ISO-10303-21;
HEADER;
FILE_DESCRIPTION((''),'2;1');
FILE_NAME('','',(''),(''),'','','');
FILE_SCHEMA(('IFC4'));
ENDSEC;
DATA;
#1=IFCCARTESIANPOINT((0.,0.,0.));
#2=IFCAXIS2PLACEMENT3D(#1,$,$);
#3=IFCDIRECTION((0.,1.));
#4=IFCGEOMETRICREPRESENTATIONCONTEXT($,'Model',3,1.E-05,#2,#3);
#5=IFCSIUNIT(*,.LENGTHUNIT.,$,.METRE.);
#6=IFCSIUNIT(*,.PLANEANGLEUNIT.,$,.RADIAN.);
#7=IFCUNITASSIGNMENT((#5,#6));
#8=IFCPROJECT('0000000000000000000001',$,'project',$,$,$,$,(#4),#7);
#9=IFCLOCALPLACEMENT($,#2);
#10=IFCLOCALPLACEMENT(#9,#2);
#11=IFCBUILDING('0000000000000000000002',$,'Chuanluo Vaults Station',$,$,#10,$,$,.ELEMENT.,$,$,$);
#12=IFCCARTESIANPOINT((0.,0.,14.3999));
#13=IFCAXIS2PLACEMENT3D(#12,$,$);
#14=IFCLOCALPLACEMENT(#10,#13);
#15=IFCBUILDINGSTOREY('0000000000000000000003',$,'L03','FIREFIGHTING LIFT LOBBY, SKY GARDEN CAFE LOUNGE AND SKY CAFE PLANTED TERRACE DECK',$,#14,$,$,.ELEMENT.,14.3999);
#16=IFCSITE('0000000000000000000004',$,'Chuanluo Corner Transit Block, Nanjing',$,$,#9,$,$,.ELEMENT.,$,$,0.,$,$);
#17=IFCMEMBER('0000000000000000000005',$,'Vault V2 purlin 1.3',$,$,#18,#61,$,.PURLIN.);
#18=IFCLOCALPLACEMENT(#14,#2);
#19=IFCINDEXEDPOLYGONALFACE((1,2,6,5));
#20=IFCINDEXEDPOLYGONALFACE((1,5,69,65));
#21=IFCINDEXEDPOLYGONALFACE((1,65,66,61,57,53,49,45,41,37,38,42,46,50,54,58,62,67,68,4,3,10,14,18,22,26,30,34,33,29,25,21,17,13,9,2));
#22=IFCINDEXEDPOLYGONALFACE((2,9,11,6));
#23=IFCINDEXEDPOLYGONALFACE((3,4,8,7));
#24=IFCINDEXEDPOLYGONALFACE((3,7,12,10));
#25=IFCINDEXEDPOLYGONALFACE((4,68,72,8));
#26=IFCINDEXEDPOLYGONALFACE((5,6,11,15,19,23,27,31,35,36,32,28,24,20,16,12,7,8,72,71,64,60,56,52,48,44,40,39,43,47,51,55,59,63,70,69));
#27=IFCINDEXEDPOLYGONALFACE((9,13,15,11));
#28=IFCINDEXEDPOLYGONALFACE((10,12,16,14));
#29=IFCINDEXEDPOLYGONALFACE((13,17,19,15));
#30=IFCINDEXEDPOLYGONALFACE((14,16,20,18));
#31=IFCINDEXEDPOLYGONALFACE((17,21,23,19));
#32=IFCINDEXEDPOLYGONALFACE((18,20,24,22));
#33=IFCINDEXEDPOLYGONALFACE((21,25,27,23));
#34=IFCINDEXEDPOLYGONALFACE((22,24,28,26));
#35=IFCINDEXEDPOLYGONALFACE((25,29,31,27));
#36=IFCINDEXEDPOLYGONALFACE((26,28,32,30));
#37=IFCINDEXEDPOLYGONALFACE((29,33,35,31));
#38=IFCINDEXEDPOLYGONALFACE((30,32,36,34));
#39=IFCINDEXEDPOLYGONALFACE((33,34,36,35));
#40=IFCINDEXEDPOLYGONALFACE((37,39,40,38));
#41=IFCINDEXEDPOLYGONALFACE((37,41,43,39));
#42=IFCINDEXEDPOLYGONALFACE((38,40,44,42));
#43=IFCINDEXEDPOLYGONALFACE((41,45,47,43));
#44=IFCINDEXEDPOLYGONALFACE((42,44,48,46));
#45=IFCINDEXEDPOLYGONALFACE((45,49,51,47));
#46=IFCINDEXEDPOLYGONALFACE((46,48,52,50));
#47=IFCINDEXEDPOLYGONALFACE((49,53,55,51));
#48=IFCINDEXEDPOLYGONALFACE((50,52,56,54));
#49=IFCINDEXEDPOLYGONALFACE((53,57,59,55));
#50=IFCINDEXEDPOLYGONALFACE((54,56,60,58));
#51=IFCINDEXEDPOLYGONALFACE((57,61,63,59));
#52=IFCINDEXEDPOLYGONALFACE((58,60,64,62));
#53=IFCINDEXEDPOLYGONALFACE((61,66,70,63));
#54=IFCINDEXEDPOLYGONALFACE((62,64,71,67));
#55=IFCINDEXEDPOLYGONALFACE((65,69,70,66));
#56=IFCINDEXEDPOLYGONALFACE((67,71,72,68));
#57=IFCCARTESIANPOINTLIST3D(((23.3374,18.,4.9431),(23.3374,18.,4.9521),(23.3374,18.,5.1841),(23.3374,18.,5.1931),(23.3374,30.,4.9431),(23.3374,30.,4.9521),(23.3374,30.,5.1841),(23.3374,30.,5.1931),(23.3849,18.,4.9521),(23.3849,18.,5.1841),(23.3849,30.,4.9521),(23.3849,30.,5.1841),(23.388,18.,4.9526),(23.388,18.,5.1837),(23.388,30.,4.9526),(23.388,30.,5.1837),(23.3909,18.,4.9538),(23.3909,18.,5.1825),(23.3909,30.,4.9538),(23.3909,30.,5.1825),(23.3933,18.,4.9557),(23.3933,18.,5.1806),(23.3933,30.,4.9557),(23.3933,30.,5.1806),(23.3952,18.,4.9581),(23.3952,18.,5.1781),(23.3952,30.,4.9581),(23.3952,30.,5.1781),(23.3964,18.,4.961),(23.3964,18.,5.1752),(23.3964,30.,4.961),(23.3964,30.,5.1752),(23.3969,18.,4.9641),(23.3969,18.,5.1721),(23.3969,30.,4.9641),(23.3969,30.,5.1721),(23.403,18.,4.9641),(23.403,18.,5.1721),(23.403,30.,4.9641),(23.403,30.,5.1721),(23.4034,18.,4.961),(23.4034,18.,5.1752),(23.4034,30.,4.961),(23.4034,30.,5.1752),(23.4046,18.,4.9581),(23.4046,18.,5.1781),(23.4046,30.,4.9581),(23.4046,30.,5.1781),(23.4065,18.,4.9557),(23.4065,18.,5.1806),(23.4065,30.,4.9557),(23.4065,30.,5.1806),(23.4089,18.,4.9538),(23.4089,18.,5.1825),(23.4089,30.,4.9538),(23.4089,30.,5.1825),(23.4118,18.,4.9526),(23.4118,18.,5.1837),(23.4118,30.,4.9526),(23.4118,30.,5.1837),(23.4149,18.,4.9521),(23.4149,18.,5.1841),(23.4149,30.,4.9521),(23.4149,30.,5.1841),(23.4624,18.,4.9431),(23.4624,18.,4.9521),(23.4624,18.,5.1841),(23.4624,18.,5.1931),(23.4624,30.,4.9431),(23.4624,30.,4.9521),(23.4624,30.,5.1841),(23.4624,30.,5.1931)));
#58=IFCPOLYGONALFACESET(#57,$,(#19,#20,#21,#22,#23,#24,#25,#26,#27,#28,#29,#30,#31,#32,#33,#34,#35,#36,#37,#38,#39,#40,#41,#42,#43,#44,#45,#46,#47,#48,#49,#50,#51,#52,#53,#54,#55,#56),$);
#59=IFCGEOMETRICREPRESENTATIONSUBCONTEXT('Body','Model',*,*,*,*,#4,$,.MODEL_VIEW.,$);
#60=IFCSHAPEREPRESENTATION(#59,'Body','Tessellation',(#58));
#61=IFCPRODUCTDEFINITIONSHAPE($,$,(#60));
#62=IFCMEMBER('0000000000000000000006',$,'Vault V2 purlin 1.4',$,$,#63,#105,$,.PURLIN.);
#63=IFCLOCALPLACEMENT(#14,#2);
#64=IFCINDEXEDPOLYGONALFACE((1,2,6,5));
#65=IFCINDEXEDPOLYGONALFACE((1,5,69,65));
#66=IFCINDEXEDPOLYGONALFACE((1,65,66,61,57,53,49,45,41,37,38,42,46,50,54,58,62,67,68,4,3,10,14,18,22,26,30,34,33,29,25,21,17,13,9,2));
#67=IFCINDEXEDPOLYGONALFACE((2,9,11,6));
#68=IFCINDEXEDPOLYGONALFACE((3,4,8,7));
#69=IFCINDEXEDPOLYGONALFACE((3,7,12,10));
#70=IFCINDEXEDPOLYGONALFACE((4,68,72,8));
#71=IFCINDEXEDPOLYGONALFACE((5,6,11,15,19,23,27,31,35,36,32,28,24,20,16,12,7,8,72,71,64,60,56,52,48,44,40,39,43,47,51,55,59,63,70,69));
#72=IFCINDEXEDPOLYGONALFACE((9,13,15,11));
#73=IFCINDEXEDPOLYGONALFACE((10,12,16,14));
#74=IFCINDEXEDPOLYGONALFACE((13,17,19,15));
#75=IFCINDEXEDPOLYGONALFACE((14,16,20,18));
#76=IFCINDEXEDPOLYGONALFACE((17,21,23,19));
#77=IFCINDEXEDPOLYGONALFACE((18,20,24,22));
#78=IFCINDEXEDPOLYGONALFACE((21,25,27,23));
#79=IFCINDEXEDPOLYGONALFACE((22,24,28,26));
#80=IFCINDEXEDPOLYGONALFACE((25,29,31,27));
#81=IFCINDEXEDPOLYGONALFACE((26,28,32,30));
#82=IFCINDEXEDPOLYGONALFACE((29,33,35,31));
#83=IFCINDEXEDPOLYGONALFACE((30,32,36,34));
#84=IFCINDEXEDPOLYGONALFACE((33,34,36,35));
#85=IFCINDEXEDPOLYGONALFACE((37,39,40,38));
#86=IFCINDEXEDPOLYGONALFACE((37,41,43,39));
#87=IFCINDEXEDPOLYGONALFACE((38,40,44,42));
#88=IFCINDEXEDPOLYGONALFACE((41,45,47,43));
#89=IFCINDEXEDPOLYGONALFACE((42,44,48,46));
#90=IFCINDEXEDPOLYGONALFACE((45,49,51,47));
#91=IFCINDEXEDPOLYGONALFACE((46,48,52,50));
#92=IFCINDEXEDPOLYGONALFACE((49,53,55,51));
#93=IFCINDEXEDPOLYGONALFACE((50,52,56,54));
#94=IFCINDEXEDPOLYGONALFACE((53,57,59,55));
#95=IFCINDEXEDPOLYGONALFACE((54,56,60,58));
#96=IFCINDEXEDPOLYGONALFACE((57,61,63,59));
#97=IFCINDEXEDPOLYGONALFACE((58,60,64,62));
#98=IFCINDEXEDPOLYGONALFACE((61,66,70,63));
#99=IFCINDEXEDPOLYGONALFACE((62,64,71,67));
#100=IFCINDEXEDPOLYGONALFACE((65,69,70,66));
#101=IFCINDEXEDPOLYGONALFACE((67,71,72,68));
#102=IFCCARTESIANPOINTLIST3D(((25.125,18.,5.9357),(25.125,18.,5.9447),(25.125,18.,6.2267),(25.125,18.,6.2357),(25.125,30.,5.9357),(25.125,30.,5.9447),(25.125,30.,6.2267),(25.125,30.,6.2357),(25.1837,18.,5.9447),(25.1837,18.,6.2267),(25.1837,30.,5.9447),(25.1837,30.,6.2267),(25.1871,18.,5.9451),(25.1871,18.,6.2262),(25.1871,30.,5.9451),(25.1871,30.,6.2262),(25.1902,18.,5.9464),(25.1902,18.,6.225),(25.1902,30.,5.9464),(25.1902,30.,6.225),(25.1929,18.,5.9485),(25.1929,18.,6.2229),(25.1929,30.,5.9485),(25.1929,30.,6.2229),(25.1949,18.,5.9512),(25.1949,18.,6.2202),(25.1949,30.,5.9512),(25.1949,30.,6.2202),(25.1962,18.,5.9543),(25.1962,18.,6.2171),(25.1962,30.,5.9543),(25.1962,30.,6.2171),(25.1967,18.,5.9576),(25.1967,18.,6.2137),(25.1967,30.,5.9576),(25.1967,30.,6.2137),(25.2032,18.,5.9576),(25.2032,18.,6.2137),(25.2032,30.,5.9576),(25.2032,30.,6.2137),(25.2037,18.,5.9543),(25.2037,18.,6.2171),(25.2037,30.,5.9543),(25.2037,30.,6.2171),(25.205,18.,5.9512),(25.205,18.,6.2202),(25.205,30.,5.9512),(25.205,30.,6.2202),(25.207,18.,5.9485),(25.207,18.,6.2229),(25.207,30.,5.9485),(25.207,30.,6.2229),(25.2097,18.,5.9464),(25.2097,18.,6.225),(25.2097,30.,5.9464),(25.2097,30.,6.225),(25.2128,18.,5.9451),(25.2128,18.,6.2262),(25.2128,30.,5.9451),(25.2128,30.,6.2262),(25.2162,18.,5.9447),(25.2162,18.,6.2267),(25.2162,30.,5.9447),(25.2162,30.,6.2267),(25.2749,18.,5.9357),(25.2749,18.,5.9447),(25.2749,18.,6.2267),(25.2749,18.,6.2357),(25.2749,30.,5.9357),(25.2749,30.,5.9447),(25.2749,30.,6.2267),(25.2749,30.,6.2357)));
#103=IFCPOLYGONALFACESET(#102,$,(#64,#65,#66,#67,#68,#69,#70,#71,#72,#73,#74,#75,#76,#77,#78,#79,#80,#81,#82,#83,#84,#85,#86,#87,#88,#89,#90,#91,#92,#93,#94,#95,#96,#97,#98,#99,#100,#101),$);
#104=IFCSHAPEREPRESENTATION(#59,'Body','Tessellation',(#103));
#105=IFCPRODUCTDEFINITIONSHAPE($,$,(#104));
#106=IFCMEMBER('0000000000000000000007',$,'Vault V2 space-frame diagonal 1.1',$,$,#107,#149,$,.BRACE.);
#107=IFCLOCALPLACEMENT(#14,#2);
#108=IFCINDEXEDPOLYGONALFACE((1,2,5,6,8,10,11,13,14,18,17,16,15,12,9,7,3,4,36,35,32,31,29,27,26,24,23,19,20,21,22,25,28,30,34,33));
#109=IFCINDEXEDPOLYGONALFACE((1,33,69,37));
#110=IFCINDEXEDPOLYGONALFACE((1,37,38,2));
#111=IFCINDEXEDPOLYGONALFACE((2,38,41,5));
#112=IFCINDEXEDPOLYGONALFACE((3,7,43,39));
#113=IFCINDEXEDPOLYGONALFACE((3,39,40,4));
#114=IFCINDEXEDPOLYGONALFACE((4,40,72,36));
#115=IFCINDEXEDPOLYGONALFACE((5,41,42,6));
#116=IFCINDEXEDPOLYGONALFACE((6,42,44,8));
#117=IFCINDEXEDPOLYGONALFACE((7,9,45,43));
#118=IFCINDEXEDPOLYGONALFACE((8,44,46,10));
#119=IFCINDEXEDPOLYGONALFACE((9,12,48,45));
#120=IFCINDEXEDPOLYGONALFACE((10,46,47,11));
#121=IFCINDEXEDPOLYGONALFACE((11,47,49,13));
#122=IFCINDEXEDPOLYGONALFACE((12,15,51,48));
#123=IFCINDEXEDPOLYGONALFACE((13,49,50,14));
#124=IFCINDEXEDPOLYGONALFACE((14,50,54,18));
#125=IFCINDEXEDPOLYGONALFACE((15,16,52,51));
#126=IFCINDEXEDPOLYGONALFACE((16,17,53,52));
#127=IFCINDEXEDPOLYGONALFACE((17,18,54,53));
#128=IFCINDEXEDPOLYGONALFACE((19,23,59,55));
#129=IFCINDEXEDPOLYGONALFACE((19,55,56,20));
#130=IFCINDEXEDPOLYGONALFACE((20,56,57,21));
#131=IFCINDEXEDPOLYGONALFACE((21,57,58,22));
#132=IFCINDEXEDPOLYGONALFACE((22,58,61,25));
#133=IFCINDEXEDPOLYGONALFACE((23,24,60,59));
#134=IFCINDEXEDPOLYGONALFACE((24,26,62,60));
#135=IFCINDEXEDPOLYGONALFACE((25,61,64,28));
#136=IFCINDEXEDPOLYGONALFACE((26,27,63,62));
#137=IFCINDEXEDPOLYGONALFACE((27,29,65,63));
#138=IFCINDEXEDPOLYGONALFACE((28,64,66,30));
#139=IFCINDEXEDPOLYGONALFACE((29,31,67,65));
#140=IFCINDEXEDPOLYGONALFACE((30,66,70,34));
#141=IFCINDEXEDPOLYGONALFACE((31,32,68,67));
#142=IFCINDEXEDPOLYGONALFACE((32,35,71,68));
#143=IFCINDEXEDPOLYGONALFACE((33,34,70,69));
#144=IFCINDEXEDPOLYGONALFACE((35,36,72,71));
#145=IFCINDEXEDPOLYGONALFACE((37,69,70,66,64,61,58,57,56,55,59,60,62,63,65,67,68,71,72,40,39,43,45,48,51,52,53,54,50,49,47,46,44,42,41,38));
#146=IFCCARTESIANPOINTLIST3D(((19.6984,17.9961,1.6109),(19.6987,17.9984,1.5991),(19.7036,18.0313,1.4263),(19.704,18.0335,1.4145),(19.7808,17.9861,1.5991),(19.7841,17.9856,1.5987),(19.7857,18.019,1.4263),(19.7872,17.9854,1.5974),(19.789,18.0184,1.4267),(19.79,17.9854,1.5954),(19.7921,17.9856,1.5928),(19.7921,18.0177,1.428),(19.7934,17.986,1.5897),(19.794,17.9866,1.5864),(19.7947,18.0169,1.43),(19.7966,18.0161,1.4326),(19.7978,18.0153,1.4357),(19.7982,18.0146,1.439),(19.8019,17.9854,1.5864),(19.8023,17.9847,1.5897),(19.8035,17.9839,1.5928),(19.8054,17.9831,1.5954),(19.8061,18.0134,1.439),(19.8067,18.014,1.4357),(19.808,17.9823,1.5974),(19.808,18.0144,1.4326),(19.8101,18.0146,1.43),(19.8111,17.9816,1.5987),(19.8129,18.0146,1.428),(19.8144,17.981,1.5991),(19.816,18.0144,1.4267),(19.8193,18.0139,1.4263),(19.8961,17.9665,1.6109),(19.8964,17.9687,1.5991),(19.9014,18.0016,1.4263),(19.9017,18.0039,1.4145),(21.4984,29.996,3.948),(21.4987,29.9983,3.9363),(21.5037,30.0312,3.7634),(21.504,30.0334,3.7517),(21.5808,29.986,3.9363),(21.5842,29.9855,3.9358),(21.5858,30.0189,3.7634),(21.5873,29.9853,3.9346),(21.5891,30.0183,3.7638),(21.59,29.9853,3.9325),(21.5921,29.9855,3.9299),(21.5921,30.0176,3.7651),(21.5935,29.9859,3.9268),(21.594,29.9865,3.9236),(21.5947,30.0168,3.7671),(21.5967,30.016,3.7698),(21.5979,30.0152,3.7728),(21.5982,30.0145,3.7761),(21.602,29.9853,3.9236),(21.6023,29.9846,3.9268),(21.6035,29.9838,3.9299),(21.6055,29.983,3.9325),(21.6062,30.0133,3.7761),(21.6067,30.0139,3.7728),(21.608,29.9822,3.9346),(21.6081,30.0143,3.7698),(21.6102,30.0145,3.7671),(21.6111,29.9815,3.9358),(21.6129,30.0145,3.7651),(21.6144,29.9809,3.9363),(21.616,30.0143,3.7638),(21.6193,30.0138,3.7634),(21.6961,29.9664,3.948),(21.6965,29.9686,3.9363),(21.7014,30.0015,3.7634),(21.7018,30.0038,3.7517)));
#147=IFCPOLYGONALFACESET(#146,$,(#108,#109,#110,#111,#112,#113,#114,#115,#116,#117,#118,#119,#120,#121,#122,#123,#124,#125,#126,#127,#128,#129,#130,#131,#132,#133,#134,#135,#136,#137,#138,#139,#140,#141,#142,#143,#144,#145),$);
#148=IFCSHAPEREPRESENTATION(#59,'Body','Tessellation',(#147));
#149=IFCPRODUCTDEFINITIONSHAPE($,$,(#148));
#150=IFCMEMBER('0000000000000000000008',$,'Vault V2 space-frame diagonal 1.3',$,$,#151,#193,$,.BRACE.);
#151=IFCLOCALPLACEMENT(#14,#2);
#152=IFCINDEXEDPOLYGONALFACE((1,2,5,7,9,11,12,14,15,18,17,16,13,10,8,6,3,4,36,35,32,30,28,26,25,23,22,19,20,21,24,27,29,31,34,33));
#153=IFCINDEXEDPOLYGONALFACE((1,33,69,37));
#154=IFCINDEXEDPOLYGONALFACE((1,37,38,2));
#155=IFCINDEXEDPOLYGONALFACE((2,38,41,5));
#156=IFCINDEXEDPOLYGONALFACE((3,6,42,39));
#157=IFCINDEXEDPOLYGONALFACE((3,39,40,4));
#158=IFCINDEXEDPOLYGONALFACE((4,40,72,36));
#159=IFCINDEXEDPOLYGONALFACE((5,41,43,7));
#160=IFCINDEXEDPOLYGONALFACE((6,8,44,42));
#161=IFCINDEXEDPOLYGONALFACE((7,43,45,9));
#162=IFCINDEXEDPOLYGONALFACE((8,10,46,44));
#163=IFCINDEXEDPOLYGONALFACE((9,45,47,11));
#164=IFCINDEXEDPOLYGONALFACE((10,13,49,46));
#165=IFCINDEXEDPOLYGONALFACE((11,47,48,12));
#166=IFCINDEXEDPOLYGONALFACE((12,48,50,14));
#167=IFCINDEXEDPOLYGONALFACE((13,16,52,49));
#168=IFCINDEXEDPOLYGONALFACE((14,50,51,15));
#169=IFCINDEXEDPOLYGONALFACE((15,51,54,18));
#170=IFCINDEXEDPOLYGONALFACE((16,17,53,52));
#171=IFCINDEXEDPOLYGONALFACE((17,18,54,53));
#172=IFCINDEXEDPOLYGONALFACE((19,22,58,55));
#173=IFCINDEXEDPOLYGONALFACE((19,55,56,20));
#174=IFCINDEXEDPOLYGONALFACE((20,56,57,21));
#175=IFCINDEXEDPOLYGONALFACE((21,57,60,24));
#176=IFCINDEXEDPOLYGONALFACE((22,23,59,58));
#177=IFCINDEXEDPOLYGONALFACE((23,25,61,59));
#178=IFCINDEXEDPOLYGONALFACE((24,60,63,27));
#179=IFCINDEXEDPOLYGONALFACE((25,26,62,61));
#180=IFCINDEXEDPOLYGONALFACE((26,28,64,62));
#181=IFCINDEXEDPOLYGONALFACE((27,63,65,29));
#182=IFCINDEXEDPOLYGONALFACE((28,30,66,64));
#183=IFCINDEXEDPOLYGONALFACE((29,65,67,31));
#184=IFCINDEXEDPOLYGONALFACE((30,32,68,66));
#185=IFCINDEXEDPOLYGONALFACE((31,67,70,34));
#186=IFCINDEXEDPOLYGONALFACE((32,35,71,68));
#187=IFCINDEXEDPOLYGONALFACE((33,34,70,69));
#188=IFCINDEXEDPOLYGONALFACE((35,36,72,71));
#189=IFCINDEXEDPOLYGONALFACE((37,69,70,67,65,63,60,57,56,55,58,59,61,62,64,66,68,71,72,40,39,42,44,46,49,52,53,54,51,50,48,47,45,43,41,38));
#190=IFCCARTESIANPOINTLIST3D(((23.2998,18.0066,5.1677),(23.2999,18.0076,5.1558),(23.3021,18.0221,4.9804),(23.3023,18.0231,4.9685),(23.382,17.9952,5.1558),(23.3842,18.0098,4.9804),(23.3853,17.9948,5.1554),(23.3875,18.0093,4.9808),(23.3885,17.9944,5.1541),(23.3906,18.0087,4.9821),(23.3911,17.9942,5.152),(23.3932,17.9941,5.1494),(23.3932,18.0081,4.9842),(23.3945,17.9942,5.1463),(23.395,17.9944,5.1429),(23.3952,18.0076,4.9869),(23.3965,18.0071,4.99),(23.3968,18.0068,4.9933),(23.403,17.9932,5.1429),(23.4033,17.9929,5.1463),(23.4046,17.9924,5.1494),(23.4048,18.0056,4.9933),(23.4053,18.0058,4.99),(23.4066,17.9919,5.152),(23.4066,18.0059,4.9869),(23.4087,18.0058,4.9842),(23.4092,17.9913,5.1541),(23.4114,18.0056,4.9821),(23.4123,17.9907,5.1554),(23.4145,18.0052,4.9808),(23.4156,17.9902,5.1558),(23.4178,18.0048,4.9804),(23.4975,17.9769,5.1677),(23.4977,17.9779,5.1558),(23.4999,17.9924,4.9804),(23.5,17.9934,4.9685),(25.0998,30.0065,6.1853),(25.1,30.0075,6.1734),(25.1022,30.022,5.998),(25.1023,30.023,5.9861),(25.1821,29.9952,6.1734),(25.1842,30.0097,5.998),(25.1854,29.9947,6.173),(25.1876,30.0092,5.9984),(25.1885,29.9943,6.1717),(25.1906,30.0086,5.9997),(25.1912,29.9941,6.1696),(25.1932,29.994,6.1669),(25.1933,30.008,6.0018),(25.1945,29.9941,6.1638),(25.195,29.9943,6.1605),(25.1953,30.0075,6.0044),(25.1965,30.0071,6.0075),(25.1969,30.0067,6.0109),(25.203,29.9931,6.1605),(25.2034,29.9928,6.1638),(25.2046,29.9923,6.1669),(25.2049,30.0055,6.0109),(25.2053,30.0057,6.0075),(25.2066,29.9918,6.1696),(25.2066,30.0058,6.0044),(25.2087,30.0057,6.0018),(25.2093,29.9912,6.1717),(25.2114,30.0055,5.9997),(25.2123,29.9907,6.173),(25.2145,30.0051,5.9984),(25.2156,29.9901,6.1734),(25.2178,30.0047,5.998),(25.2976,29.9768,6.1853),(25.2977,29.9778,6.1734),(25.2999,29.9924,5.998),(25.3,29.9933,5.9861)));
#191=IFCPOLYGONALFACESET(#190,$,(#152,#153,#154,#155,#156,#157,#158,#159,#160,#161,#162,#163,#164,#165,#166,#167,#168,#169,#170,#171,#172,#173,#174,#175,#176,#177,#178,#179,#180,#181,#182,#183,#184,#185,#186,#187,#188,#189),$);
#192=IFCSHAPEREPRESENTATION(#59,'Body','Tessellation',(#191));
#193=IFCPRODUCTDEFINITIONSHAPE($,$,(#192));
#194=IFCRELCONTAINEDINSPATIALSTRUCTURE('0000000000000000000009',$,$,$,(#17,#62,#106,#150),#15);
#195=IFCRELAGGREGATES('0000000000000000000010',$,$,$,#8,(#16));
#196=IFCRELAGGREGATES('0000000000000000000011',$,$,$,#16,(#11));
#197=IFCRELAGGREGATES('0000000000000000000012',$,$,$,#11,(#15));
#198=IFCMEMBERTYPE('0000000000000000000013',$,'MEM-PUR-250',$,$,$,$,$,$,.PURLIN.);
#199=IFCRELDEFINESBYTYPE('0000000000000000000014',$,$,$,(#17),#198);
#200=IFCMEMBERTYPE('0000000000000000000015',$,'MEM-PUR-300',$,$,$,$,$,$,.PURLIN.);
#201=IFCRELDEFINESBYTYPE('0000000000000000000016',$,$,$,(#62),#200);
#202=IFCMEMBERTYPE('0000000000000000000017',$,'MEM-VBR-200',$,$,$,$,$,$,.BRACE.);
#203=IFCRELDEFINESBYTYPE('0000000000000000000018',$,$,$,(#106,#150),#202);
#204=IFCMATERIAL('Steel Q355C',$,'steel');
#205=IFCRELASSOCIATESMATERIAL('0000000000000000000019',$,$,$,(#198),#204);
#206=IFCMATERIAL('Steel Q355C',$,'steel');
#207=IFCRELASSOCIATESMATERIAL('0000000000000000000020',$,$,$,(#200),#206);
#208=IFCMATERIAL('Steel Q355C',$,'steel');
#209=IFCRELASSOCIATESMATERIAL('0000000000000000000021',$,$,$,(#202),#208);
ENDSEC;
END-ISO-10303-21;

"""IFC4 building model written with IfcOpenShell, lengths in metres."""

from ifc_helpers import new_model, si_unit, direction, frame, origin, origin_2d, place, context, subcontext, project, spatial, i_section, extrude, material, material_profile, profile_set, type_object, element, save


model = new_model("IFC4")

# Units and contexts
model_context = context("Model", 3, precision=1e-05, world=origin(), true_north=direction((0.0, 1.0)))
body_context = subcontext(model_context, "Body", "Model", "MODEL_VIEW")
ifc_project = project(units=[si_unit("LENGTHUNIT", "METRE"), si_unit("PLANEANGLEUNIT", "RADIAN")], contexts=[model_context])

# Site, building, storey
site_placement = place(None, origin())
site = spatial("IfcSite", under=ifc_project, at=site_placement, Name="Chuanluo Corner Transit Block, Nanjing", CompositionType="ELEMENT", RefElevation=0.0)
building_placement = place(site_placement, origin())
building = spatial("IfcBuilding", under=site, at=building_placement, Name="Chuanluo Vaults Station", CompositionType="ELEMENT")
storey_placement = place(building_placement, frame((0.0, 0.0, 14.3999)))
storey = spatial("IfcBuildingStorey", under=building, at=storey_placement, Name="L03", Description="FIREFIGHTING LIFT LOBBY, SKY GARDEN CAFE LOUNGE AND SKY CAFE PLANTED TERRACE DECK", CompositionType="ELEMENT", Elevation=14.3999)

# Members
ifc_material_1 = material(Name="Steel Q355C", Category="steel")
ifc_material_profile_1 = material_profile(ifc_material_1, i_section(OverallWidth=0.125, OverallDepth=0.25, WebThickness=0.0061, FlangeThickness=0.009, FilletRadius=0.012, at=origin_2d()))
ifc_profile_set_1 = profile_set([ifc_material_profile_1], Name="Steel Q355C")
member_type_1 = type_object("IfcMemberType", Name="MEM-PUR-250", PredefinedType="PURLIN", material=ifc_profile_set_1)
for number, where, z_axis, x_axis, name in (
    (1, (23.3999, 18.0, 5.0681), (0.0, 1.0, 0.0), (-1.0, 0.0, 0.0), "Vault V2 purlin 1.3"),
):
    element("IfcMember", number, at=place(storey_placement, frame(where, z_axis=z_axis, x_axis=x_axis)), inside=storey, type_object=member_type_1, Name=name, PredefinedType="PURLIN", context=body_context, shape_type="SweptSolid", body=[
        extrude(i_section(OverallWidth=0.125, OverallDepth=0.25, WebThickness=0.0061, FlangeThickness=0.009, FilletRadius=0.012, at=origin_2d()), origin(), (0.0, 0.0, 1.0), 12.0),
    ])
ifc_material_2 = material(Name="Steel Q355C", Category="steel")
ifc_material_profile_2 = material_profile(ifc_material_2, i_section(OverallWidth=0.1499, OverallDepth=0.3, WebThickness=0.0066, FlangeThickness=0.009, FilletRadius=0.0129, at=origin_2d()))
ifc_profile_set_2 = profile_set([ifc_material_profile_2], Name="Steel Q355C")
member_type_2 = type_object("IfcMemberType", Name="MEM-PUR-300", PredefinedType="PURLIN", material=ifc_profile_set_2)
member_1_placement = place(storey_placement, frame((25.2, 18.0, 6.0857), z_axis=(0.0, 1.0, 0.0), x_axis=(-1.0, 0.0, 0.0)))
element("IfcMember", 2, at=member_1_placement, inside=storey, type_object=member_type_2, Name="Vault V2 purlin 1.4", PredefinedType="PURLIN", context=body_context, shape_type="SweptSolid", body=[
    extrude(i_section(OverallWidth=0.1499, OverallDepth=0.3, WebThickness=0.0066, FlangeThickness=0.009, FilletRadius=0.0129, at=origin_2d()), origin(), (0.0, 0.0, 1.0), 12.0),
])
ifc_material_3 = material(Name="Steel Q355C", Category="steel")
ifc_material_profile_3 = material_profile(ifc_material_3, i_section(OverallWidth=0.2, OverallDepth=0.2, WebThickness=0.0081, FlangeThickness=0.012, FilletRadius=0.0129, at=origin_2d()))
ifc_profile_set_3 = profile_set([ifc_material_profile_3], Name="Steel Q355C")
member_type_3 = type_object("IfcMemberType", Name="MEM-VBR-200", PredefinedType="BRACE", material=ifc_profile_set_3)
member_2_placement = place(storey_placement, frame((19.8, 18.0, 1.5127), z_axis=(0.145667, 0.971087, 0.189132), x_axis=(-0.988936, 0.148344, 0.0)))
element("IfcMember", 3, at=member_2_placement, inside=storey, type_object=member_type_3, Name="Vault V2 space-frame diagonal 1.1", PredefinedType="BRACE", context=body_context, shape_type="SweptSolid", body=[
    extrude(i_section(OverallWidth=0.2, OverallDepth=0.2, WebThickness=0.0081, FlangeThickness=0.012, FilletRadius=0.0129, at=origin_2d()), origin(), (0.0, 0.0, 1.0), 12.3572),
])
member_3_placement = place(storey_placement, frame((23.3999, 18.0, 5.0681), z_axis=(0.147826, 0.985477, 0.083567), x_axis=(-0.988936, 0.148344, 0.0)))
element("IfcMember", 4, at=member_3_placement, inside=storey, type_object=member_type_3, Name="Vault V2 space-frame diagonal 1.3", PredefinedType="BRACE", context=body_context, shape_type="SweptSolid", body=[
    extrude(i_section(OverallWidth=0.2, OverallDepth=0.2, WebThickness=0.0081, FlangeThickness=0.012, FilletRadius=0.0129, at=origin_2d()), origin(), (0.0, 0.0, 1.0), 12.1768),
])

save(model, "model.ifc")
